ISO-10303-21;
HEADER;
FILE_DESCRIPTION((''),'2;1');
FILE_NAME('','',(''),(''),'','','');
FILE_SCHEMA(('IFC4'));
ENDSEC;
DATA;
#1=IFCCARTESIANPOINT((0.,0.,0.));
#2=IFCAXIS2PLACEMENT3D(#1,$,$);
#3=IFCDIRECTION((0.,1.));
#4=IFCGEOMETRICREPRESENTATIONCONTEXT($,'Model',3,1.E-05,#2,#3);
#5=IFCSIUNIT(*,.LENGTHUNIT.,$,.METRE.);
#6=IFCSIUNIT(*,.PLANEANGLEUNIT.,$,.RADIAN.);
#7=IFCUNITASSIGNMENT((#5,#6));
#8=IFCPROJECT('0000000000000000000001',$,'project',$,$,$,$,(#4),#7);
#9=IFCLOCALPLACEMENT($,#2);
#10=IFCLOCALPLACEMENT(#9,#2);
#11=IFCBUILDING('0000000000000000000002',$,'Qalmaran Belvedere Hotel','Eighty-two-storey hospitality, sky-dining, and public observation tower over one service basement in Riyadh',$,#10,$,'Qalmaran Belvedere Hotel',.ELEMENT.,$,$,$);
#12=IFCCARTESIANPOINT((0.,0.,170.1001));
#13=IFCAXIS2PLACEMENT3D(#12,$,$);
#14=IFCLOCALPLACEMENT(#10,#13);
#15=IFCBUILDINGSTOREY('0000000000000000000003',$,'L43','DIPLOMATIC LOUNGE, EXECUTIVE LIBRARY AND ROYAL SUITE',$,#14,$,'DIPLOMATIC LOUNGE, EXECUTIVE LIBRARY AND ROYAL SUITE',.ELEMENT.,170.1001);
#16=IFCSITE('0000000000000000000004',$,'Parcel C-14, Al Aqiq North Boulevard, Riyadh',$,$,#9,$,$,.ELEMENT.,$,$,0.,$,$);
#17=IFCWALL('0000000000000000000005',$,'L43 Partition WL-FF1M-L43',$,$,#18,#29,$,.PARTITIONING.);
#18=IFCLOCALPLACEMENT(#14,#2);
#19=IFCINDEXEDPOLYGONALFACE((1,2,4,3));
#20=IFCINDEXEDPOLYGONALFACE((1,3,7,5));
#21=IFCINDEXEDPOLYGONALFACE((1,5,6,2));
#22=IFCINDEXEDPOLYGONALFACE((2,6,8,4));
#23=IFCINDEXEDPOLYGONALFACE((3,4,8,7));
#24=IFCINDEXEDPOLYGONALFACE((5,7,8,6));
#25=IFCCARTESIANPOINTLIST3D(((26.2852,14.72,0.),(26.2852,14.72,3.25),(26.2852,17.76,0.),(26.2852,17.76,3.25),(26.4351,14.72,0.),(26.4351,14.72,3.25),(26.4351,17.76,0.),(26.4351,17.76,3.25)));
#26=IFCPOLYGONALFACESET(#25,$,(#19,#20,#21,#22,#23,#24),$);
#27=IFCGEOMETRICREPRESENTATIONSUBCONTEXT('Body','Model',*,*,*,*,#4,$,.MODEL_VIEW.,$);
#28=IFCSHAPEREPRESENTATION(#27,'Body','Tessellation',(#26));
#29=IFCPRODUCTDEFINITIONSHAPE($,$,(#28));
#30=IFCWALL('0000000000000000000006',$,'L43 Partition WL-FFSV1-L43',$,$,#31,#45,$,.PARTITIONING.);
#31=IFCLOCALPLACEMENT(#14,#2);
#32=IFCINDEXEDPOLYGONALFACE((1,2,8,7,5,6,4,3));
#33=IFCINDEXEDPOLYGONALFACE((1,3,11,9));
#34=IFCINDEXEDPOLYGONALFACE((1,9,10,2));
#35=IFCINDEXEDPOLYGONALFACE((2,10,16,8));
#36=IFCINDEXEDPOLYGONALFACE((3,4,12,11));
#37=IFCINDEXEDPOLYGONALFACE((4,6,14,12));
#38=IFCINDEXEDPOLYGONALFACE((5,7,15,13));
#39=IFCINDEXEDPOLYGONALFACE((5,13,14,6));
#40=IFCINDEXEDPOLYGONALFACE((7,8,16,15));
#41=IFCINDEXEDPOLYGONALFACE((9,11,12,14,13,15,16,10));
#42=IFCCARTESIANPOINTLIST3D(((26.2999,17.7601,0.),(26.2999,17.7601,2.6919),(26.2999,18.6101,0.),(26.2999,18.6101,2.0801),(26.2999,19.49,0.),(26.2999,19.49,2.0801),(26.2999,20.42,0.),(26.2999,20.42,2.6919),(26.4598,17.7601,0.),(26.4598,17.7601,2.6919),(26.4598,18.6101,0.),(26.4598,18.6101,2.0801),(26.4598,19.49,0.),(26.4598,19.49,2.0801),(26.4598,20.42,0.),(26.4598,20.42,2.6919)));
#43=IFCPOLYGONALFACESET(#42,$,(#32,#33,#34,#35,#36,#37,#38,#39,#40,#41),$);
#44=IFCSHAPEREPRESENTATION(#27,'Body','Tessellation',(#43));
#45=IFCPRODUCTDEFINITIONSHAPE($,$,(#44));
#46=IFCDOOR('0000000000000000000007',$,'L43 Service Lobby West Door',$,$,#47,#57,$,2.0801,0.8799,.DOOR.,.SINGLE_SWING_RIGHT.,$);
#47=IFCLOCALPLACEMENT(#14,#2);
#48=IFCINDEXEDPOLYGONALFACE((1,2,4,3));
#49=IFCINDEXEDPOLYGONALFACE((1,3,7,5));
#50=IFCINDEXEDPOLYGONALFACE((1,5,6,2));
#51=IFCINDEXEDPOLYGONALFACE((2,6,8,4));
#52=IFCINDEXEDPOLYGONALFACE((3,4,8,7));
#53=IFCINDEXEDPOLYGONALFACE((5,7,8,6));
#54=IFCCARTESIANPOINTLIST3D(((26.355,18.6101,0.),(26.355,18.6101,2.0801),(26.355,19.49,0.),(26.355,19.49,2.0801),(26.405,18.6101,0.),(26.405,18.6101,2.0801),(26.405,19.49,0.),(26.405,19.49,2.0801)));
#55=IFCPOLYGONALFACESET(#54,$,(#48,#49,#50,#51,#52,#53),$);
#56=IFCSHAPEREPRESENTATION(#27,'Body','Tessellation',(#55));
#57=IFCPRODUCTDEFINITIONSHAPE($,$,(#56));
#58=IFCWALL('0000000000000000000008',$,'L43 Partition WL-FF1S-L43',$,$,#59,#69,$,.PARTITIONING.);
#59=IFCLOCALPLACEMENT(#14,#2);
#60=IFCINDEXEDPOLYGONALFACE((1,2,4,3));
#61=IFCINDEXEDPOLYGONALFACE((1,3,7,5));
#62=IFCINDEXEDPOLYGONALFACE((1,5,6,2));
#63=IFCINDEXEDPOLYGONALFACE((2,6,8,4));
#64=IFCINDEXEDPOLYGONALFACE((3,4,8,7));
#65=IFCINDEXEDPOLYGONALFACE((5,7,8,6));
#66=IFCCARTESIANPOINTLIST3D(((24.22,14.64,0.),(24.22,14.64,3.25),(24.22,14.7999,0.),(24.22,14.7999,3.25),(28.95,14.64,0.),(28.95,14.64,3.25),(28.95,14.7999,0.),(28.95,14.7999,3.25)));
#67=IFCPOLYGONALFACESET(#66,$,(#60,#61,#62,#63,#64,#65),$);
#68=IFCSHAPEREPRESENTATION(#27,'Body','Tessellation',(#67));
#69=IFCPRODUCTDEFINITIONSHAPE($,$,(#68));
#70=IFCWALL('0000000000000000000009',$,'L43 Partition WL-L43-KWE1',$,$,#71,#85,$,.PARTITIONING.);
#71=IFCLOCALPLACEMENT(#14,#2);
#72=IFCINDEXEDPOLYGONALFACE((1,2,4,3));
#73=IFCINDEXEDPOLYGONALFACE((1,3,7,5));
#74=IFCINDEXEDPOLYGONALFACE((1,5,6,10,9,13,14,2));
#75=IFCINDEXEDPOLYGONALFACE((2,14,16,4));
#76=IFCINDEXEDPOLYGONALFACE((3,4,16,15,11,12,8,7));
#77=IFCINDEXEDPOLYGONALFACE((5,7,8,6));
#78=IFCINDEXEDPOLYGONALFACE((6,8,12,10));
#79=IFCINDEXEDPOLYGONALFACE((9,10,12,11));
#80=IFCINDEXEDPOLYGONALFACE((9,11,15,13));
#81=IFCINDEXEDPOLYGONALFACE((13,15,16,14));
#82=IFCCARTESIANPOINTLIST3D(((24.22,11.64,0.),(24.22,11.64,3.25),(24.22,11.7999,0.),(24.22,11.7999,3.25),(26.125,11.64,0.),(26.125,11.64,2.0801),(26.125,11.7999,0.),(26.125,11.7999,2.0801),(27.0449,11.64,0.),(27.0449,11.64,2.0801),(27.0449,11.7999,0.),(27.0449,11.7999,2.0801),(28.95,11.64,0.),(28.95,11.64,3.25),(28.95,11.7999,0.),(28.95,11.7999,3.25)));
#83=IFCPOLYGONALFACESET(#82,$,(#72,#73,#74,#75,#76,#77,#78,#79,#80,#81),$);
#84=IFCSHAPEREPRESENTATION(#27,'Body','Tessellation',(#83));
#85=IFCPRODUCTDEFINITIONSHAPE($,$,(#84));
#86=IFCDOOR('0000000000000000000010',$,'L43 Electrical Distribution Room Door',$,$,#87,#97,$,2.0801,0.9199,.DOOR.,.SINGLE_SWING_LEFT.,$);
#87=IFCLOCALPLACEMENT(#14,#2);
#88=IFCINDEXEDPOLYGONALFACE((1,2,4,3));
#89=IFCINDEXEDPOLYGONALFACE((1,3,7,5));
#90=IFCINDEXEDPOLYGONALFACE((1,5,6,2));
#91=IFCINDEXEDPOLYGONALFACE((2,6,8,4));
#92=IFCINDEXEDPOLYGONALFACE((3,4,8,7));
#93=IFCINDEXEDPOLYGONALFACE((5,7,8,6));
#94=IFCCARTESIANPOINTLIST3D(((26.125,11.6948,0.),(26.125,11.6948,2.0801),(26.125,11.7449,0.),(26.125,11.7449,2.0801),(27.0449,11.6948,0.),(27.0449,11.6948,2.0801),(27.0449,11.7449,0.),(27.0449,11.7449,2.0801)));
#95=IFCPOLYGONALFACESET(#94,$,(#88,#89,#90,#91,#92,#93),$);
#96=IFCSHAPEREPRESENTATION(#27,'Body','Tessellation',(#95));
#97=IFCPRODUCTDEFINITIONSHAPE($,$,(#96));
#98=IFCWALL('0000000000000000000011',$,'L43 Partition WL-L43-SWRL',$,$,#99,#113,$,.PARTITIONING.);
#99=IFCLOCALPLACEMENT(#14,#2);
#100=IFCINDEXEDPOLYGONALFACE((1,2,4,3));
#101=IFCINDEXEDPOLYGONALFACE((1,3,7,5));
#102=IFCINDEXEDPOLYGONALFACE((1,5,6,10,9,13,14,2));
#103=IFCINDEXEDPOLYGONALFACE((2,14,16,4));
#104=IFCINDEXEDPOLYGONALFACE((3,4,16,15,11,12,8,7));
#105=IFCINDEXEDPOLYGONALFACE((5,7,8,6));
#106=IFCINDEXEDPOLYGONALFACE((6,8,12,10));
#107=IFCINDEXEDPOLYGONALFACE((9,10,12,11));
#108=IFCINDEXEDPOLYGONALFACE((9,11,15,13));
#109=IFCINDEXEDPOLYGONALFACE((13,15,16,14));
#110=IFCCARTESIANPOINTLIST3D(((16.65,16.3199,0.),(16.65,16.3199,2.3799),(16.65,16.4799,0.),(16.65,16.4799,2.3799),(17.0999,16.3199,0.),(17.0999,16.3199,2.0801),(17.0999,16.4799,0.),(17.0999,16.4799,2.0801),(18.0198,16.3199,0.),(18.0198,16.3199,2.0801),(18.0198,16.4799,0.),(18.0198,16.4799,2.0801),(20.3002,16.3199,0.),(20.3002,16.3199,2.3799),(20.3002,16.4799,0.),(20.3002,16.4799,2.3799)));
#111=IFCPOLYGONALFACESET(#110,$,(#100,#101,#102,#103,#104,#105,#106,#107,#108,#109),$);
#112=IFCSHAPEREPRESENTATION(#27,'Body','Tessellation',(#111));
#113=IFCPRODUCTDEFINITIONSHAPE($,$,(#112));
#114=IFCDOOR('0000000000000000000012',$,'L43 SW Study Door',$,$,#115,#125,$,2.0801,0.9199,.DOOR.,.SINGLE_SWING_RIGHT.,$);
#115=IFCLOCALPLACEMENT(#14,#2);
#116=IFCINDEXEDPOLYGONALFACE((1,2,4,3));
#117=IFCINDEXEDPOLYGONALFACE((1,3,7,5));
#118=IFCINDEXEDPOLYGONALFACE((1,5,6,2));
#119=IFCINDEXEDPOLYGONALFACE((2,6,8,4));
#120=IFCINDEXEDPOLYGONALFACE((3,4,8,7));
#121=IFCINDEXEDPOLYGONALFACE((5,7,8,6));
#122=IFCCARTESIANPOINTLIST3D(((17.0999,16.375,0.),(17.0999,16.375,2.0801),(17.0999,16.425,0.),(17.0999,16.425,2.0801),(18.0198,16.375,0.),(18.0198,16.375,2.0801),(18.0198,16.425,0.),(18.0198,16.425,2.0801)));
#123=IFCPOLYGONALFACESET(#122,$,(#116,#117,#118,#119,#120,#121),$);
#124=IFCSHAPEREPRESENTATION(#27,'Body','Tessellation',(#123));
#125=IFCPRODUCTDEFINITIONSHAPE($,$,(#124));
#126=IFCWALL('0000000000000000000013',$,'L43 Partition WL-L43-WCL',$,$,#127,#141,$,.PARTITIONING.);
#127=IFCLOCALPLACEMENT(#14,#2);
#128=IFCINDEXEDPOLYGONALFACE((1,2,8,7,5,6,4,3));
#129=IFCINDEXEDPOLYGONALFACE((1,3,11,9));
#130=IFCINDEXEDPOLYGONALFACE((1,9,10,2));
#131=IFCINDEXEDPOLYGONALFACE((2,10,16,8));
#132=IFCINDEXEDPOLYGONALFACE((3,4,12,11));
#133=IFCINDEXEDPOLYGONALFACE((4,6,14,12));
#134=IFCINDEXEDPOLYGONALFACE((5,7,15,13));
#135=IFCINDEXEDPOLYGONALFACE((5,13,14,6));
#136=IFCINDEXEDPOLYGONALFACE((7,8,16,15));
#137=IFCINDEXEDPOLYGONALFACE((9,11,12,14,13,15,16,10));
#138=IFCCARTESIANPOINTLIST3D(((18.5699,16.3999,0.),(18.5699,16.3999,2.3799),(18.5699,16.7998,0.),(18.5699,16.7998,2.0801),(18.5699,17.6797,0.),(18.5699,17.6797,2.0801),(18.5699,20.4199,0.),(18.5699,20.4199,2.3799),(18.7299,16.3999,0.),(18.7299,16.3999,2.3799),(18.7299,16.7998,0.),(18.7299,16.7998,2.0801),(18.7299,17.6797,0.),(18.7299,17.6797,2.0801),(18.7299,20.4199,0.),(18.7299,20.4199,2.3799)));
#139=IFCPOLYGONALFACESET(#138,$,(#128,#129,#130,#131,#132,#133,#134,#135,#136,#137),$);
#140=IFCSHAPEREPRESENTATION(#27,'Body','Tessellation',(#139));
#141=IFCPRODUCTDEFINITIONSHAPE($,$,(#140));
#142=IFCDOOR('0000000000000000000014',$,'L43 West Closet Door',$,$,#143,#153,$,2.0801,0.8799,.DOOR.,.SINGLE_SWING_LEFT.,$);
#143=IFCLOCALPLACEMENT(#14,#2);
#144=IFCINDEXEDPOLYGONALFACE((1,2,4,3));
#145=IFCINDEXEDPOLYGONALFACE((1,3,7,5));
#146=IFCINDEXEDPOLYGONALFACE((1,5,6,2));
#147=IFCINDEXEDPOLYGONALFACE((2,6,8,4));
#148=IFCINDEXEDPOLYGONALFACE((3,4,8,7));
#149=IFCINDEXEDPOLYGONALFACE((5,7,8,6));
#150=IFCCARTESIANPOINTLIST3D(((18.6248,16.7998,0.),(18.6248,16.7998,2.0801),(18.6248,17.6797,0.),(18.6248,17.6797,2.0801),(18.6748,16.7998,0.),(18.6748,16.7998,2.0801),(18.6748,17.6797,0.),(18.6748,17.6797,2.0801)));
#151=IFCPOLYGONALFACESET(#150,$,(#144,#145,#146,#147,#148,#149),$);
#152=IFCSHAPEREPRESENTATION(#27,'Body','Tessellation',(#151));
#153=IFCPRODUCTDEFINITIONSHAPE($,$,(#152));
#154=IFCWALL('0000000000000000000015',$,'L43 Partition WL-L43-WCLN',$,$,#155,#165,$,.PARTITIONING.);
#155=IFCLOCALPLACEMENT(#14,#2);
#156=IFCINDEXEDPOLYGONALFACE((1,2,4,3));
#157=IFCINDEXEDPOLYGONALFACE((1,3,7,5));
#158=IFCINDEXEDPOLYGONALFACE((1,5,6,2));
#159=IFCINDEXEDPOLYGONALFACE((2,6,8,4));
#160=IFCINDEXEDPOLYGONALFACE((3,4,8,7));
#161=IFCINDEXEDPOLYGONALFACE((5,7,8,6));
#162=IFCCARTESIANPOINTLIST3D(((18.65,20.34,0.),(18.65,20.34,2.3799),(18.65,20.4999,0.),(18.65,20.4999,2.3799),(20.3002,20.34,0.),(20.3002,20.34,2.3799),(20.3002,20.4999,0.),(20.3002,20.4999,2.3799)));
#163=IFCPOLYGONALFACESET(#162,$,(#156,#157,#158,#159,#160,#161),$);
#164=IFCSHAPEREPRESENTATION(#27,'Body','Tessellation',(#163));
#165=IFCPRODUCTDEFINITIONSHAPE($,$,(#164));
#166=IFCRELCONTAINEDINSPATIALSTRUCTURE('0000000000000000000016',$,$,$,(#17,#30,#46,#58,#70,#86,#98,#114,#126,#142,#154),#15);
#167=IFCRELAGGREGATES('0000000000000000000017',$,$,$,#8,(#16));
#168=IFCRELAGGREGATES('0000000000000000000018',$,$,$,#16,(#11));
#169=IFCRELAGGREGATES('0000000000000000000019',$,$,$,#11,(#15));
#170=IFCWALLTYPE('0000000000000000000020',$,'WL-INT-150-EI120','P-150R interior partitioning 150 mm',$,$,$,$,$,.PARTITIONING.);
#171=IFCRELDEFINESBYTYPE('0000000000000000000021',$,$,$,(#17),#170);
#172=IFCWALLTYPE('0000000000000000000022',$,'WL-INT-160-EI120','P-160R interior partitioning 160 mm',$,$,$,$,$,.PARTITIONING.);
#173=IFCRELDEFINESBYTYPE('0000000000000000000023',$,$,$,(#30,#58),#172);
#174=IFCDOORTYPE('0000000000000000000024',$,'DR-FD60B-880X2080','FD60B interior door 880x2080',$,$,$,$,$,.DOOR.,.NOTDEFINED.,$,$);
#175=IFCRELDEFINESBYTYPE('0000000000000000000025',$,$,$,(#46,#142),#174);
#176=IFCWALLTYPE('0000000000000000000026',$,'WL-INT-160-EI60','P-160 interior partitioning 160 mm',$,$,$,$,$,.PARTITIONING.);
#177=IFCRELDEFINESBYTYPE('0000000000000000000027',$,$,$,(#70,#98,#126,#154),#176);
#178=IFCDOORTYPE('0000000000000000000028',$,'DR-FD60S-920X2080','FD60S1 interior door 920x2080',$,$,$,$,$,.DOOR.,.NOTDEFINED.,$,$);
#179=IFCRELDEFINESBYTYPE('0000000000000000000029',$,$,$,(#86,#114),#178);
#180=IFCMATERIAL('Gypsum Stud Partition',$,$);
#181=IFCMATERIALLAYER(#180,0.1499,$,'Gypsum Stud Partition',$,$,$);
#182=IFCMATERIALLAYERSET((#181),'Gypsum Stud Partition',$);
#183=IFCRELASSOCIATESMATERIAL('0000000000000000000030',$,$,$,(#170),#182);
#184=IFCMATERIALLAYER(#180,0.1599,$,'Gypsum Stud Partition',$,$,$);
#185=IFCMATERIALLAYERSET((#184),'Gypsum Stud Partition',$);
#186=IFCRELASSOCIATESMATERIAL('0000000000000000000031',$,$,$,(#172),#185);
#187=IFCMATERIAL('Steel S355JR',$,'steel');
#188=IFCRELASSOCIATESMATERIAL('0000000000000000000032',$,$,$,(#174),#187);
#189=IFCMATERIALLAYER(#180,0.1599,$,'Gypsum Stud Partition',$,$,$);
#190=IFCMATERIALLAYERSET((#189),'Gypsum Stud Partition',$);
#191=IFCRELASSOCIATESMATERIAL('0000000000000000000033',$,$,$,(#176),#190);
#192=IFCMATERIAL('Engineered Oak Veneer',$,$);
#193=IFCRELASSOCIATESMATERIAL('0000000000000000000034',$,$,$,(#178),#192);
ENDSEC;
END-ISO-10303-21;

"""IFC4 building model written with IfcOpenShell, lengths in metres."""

from ifc_helpers import new_model, si_unit, direction, frame, frame_2d, origin, place, context, subcontext, project, spatial, rectangle, extrude, material, layer, layer_set, type_object, element, fill, save


model = new_model("IFC4")

# Units and contexts
model_context = context("Model", 3, precision=1e-05, world=origin(), true_north=direction((0.0, 1.0)))
body_context = subcontext(model_context, "Body", "Model", "MODEL_VIEW")
ifc_project = project(units=[si_unit("LENGTHUNIT", "METRE"), si_unit("PLANEANGLEUNIT", "RADIAN")], contexts=[model_context])

# Site, building, storey
site_placement = place(None, origin())
site = spatial("IfcSite", under=ifc_project, at=site_placement, Name="Parcel C-14, Al Aqiq North Boulevard, Riyadh", CompositionType="ELEMENT", RefElevation=0.0)
building_placement = place(site_placement, origin())
building = spatial("IfcBuilding", under=site, at=building_placement, Name="Qalmaran Belvedere Hotel", Description="Eighty-two-storey hospitality, sky-dining, and public observation tower over one service basement in Riyadh", LongName="Qalmaran Belvedere Hotel", CompositionType="ELEMENT")
storey_placement = place(building_placement, frame((0.0, 0.0, 170.1001)))
storey = spatial("IfcBuildingStorey", under=building, at=storey_placement, Name="L43", Description="DIPLOMATIC LOUNGE, EXECUTIVE LIBRARY AND ROYAL SUITE", LongName="DIPLOMATIC LOUNGE, EXECUTIVE LIBRARY AND ROYAL SUITE", CompositionType="ELEMENT", Elevation=170.1001)

# Wall
ifc_material_1 = material(Name="Gypsum Stud Partition")
ifc_layer_1 = layer(ifc_material_1, 0.1499, Name="Gypsum Stud Partition")
ifc_layer_set_1 = layer_set([ifc_layer_1], Name="Gypsum Stud Partition")
wall_type_1 = type_object("IfcWallType", Name="WL-INT-150-EI120", Description="P-150R interior partitioning 150 mm", PredefinedType="PARTITIONING", material=ifc_layer_set_1)
wall_1_placement = place(storey_placement, frame((26.3601, 14.72, 0.0), z_axis=(0.0, 0.0, 1.0), x_axis=(0.0, 1.0, 0.0)))
element("IfcWall", 1, at=wall_1_placement, inside=storey, type_object=wall_type_1, Name="L43 Partition WL-FF1M-L43", PredefinedType="PARTITIONING", context=body_context, shape_type="SweptSolid", body=[
    extrude(rectangle(XDim=3.04, YDim=0.1499, at=frame_2d((1.52, 0.0))), origin(), (0.0, 0.0, 1.0), 3.25),
])

# Wall, opening, door
ifc_layer_2 = layer(ifc_material_1, 0.1599, Name="Gypsum Stud Partition")
ifc_layer_set_2 = layer_set([ifc_layer_2], Name="Gypsum Stud Partition")
wall_type_2 = type_object("IfcWallType", Name="WL-INT-160-EI120", Description="P-160R interior partitioning 160 mm", PredefinedType="PARTITIONING", material=ifc_layer_set_2)
wall_2_placement = place(storey_placement, frame((26.3799, 17.76, 0.0), z_axis=(0.0, 0.0, 1.0), x_axis=(0.0, 1.0, 0.0)))
wall_2 = element("IfcWall", 2, at=wall_2_placement, inside=storey, type_object=wall_type_2, Name="L43 Partition WL-FFSV1-L43", PredefinedType="PARTITIONING", context=body_context, shape_type="SweptSolid", body=[
    extrude(rectangle(XDim=2.6599, YDim=0.1599, at=frame_2d((1.3301, 0.0))), origin(), (0.0, 0.0, 1.0), 2.6919),
])
opening_1_placement = place(wall_2_placement, frame((0.8501, 0.0, 0.0)))
opening_1 = element("IfcOpeningElement", 3, at=opening_1_placement, cuts=wall_2, PredefinedType="OPENING", context=body_context, shape_type="SweptSolid", body=[
    extrude(rectangle(XDim=0.8799, YDim=2.0801, at=frame_2d((0.4399, 1.04))), frame((0.0, 0.0898, 0.0), z_axis=(0.0, -1.0, 0.0), x_axis=(1.0, 0.0, 0.0)), (0.0, 0.0, 1.0), 0.1799),
])
ifc_material_2 = material(Name="Steel S355JR", Category="steel")
door_type_1 = type_object("IfcDoorType", Name="DR-FD60B-880X2080", Description="FD60B interior door 880x2080", OperationType="NOTDEFINED", PredefinedType="DOOR", material=ifc_material_2)
door_1_placement = place(opening_1_placement, origin())
door_1 = element("IfcDoor", 4, at=door_1_placement, inside=storey, type_object=door_type_1, Name="L43 Service Lobby West Door", OperationType="SINGLE_SWING_RIGHT", OverallHeight=2.0801, OverallWidth=0.8799, PredefinedType="DOOR", context=body_context, shape_type="SweptSolid", body=[
    extrude(rectangle(XDim=0.8799, YDim=2.0801, at=frame_2d((0.4399, 1.04))), frame((0.0, 0.0249, 0.0), z_axis=(0.0, -1.0, 0.0), x_axis=(1.0, 0.0, 0.0)), (0.0, 0.0, 1.0), 0.05),
])
fill(opening_1, door_1)

# Wall
wall_3_placement = place(storey_placement, frame((24.22, 14.72, 0.0), z_axis=(0.0, 0.0, 1.0), x_axis=(1.0, 0.0, 0.0)))
element("IfcWall", 5, at=wall_3_placement, inside=storey, type_object=wall_type_2, Name="L43 Partition WL-FF1S-L43", PredefinedType="PARTITIONING", context=body_context, shape_type="SweptSolid", body=[
    extrude(rectangle(XDim=4.73, YDim=0.1599, at=frame_2d((2.365, 0.0))), origin(), (0.0, 0.0, 1.0), 3.25),
])

# Walls, openings, doors
ifc_layer_3 = layer(ifc_material_1, 0.1599, Name="Gypsum Stud Partition")
ifc_layer_set_3 = layer_set([ifc_layer_3], Name="Gypsum Stud Partition")
wall_type_3 = type_object("IfcWallType", Name="WL-INT-160-EI60", Description="P-160 interior partitioning 160 mm", PredefinedType="PARTITIONING", material=ifc_layer_set_3)
wall_4_placement = place(storey_placement, frame((24.22, 11.72, 0.0), z_axis=(0.0, 0.0, 1.0), x_axis=(1.0, 0.0, 0.0)))
wall_4 = element("IfcWall", 6, at=wall_4_placement, inside=storey, type_object=wall_type_3, Name="L43 Partition WL-L43-KWE1", PredefinedType="PARTITIONING", context=body_context, shape_type="SweptSolid", body=[
    extrude(rectangle(XDim=4.73, YDim=0.1599, at=frame_2d((2.365, 0.0))), origin(), (0.0, 0.0, 1.0), 3.25),
])
opening_2_placement = place(wall_4_placement, frame((1.905, 0.0, 0.0)))
opening_2 = element("IfcOpeningElement", 7, at=opening_2_placement, cuts=wall_4, PredefinedType="OPENING", context=body_context, shape_type="SweptSolid", body=[
    extrude(rectangle(XDim=0.9199, YDim=2.0801, at=frame_2d((0.46, 1.04))), frame((0.0, 0.0898, 0.0), z_axis=(0.0, -1.0, 0.0), x_axis=(1.0, 0.0, 0.0)), (0.0, 0.0, 1.0), 0.1799),
])
ifc_material_3 = material(Name="Engineered Oak Veneer")
door_type_2 = type_object("IfcDoorType", Name="DR-FD60S-920X2080", Description="FD60S1 interior door 920x2080", OperationType="NOTDEFINED", PredefinedType="DOOR", material=ifc_material_3)
door_2_placement = place(opening_2_placement, origin())
door_2 = element("IfcDoor", 8, at=door_2_placement, inside=storey, type_object=door_type_2, Name="L43 Electrical Distribution Room Door", OperationType="SINGLE_SWING_LEFT", OverallHeight=2.0801, OverallWidth=0.9199, PredefinedType="DOOR", context=body_context, shape_type="SweptSolid", body=[
    extrude(rectangle(XDim=0.9199, YDim=2.0801, at=frame_2d((0.46, 1.04))), frame((0.0, 0.0249, 0.0), z_axis=(0.0, -1.0, 0.0), x_axis=(1.0, 0.0, 0.0)), (0.0, 0.0, 1.0), 0.05),
])
fill(opening_2, door_2)
wall_5_placement = place(storey_placement, frame((16.6499, 16.3999, 0.0), z_axis=(0.0, 0.0, 1.0), x_axis=(1.0, 0.0, 0.0)))
wall_5 = element("IfcWall", 9, at=wall_5_placement, inside=storey, type_object=wall_type_3, Name="L43 Partition WL-L43-SWRL", PredefinedType="PARTITIONING", context=body_context, shape_type="SweptSolid", body=[
    extrude(rectangle(XDim=3.6501, YDim=0.1599, at=frame_2d((1.8252, 0.0))), origin(), (0.0, 0.0, 1.0), 2.3799),
])
opening_3_placement = place(wall_5_placement, frame((1.3699, 0.0, 0.0), z_axis=(0.0, 0.0, 1.0), x_axis=(-1.0, 0.0, 0.0)))
opening_3 = element("IfcOpeningElement", 10, at=opening_3_placement, cuts=wall_5, PredefinedType="OPENING", context=body_context, shape_type="SweptSolid", body=[
    extrude(rectangle(XDim=0.9199, YDim=2.0801, at=frame_2d((0.46, 1.04))), frame((0.0, 0.0898, 0.0), z_axis=(0.0, -1.0, 0.0), x_axis=(1.0, 0.0, 0.0)), (0.0, 0.0, 1.0), 0.1799),
])
door_3_placement = place(opening_3_placement, origin())
door_3 = element("IfcDoor", 11, at=door_3_placement, inside=storey, type_object=door_type_2, Name="L43 SW Study Door", OperationType="SINGLE_SWING_RIGHT", OverallHeight=2.0801, OverallWidth=0.9199, PredefinedType="DOOR", context=body_context, shape_type="SweptSolid", body=[
    extrude(rectangle(XDim=0.9199, YDim=2.0801, at=frame_2d((0.46, 1.04))), frame((0.0, 0.0249, 0.0), z_axis=(0.0, -1.0, 0.0), x_axis=(1.0, 0.0, 0.0)), (0.0, 0.0, 1.0), 0.05),
])
fill(opening_3, door_3)
wall_6_placement = place(storey_placement, frame((18.6499, 16.3999, 0.0), z_axis=(0.0, 0.0, 1.0), x_axis=(0.0, 1.0, 0.0)))
wall_6 = element("IfcWall", 12, at=wall_6_placement, inside=storey, type_object=wall_type_3, Name="L43 Partition WL-L43-WCL", PredefinedType="PARTITIONING", context=body_context, shape_type="SweptSolid", body=[
    extrude(rectangle(XDim=4.02, YDim=0.1599, at=frame_2d((2.01, 0.0))), origin(), (0.0, 0.0, 1.0), 2.3799),
])
opening_4_placement = place(wall_6_placement, frame((1.2798, 0.0, 0.0), z_axis=(0.0, 0.0, 1.0), x_axis=(-1.0, 0.0, 0.0)))
opening_4 = element("IfcOpeningElement", 13, at=opening_4_placement, cuts=wall_6, PredefinedType="OPENING", context=body_context, shape_type="SweptSolid", body=[
    extrude(rectangle(XDim=0.8799, YDim=2.0801, at=frame_2d((0.4399, 1.04))), frame((0.0, 0.0898, 0.0), z_axis=(0.0, -1.0, 0.0), x_axis=(1.0, 0.0, 0.0)), (0.0, 0.0, 1.0), 0.1799),
])
door_4_placement = place(opening_4_placement, origin())
door_4 = element("IfcDoor", 14, at=door_4_placement, inside=storey, type_object=door_type_1, Name="L43 West Closet Door", OperationType="SINGLE_SWING_LEFT", OverallHeight=2.0801, OverallWidth=0.8799, PredefinedType="DOOR", context=body_context, shape_type="SweptSolid", body=[
    extrude(rectangle(XDim=0.8799, YDim=2.0801, at=frame_2d((0.4399, 1.04))), frame((0.0, 0.0249, 0.0), z_axis=(0.0, -1.0, 0.0), x_axis=(1.0, 0.0, 0.0)), (0.0, 0.0, 1.0), 0.05),
])
fill(opening_4, door_4)

# Wall
wall_7_placement = place(storey_placement, frame((18.6499, 20.4199, 0.0), z_axis=(0.0, 0.0, 1.0), x_axis=(1.0, 0.0, 0.0)))
element("IfcWall", 15, at=wall_7_placement, inside=storey, type_object=wall_type_3, Name="L43 Partition WL-L43-WCLN", PredefinedType="PARTITIONING", context=body_context, shape_type="SweptSolid", body=[
    extrude(rectangle(XDim=1.6501, YDim=0.1599, at=frame_2d((0.8252, 0.0))), origin(), (0.0, 0.0, 1.0), 2.3799),
])

save(model, "model.ifc")
